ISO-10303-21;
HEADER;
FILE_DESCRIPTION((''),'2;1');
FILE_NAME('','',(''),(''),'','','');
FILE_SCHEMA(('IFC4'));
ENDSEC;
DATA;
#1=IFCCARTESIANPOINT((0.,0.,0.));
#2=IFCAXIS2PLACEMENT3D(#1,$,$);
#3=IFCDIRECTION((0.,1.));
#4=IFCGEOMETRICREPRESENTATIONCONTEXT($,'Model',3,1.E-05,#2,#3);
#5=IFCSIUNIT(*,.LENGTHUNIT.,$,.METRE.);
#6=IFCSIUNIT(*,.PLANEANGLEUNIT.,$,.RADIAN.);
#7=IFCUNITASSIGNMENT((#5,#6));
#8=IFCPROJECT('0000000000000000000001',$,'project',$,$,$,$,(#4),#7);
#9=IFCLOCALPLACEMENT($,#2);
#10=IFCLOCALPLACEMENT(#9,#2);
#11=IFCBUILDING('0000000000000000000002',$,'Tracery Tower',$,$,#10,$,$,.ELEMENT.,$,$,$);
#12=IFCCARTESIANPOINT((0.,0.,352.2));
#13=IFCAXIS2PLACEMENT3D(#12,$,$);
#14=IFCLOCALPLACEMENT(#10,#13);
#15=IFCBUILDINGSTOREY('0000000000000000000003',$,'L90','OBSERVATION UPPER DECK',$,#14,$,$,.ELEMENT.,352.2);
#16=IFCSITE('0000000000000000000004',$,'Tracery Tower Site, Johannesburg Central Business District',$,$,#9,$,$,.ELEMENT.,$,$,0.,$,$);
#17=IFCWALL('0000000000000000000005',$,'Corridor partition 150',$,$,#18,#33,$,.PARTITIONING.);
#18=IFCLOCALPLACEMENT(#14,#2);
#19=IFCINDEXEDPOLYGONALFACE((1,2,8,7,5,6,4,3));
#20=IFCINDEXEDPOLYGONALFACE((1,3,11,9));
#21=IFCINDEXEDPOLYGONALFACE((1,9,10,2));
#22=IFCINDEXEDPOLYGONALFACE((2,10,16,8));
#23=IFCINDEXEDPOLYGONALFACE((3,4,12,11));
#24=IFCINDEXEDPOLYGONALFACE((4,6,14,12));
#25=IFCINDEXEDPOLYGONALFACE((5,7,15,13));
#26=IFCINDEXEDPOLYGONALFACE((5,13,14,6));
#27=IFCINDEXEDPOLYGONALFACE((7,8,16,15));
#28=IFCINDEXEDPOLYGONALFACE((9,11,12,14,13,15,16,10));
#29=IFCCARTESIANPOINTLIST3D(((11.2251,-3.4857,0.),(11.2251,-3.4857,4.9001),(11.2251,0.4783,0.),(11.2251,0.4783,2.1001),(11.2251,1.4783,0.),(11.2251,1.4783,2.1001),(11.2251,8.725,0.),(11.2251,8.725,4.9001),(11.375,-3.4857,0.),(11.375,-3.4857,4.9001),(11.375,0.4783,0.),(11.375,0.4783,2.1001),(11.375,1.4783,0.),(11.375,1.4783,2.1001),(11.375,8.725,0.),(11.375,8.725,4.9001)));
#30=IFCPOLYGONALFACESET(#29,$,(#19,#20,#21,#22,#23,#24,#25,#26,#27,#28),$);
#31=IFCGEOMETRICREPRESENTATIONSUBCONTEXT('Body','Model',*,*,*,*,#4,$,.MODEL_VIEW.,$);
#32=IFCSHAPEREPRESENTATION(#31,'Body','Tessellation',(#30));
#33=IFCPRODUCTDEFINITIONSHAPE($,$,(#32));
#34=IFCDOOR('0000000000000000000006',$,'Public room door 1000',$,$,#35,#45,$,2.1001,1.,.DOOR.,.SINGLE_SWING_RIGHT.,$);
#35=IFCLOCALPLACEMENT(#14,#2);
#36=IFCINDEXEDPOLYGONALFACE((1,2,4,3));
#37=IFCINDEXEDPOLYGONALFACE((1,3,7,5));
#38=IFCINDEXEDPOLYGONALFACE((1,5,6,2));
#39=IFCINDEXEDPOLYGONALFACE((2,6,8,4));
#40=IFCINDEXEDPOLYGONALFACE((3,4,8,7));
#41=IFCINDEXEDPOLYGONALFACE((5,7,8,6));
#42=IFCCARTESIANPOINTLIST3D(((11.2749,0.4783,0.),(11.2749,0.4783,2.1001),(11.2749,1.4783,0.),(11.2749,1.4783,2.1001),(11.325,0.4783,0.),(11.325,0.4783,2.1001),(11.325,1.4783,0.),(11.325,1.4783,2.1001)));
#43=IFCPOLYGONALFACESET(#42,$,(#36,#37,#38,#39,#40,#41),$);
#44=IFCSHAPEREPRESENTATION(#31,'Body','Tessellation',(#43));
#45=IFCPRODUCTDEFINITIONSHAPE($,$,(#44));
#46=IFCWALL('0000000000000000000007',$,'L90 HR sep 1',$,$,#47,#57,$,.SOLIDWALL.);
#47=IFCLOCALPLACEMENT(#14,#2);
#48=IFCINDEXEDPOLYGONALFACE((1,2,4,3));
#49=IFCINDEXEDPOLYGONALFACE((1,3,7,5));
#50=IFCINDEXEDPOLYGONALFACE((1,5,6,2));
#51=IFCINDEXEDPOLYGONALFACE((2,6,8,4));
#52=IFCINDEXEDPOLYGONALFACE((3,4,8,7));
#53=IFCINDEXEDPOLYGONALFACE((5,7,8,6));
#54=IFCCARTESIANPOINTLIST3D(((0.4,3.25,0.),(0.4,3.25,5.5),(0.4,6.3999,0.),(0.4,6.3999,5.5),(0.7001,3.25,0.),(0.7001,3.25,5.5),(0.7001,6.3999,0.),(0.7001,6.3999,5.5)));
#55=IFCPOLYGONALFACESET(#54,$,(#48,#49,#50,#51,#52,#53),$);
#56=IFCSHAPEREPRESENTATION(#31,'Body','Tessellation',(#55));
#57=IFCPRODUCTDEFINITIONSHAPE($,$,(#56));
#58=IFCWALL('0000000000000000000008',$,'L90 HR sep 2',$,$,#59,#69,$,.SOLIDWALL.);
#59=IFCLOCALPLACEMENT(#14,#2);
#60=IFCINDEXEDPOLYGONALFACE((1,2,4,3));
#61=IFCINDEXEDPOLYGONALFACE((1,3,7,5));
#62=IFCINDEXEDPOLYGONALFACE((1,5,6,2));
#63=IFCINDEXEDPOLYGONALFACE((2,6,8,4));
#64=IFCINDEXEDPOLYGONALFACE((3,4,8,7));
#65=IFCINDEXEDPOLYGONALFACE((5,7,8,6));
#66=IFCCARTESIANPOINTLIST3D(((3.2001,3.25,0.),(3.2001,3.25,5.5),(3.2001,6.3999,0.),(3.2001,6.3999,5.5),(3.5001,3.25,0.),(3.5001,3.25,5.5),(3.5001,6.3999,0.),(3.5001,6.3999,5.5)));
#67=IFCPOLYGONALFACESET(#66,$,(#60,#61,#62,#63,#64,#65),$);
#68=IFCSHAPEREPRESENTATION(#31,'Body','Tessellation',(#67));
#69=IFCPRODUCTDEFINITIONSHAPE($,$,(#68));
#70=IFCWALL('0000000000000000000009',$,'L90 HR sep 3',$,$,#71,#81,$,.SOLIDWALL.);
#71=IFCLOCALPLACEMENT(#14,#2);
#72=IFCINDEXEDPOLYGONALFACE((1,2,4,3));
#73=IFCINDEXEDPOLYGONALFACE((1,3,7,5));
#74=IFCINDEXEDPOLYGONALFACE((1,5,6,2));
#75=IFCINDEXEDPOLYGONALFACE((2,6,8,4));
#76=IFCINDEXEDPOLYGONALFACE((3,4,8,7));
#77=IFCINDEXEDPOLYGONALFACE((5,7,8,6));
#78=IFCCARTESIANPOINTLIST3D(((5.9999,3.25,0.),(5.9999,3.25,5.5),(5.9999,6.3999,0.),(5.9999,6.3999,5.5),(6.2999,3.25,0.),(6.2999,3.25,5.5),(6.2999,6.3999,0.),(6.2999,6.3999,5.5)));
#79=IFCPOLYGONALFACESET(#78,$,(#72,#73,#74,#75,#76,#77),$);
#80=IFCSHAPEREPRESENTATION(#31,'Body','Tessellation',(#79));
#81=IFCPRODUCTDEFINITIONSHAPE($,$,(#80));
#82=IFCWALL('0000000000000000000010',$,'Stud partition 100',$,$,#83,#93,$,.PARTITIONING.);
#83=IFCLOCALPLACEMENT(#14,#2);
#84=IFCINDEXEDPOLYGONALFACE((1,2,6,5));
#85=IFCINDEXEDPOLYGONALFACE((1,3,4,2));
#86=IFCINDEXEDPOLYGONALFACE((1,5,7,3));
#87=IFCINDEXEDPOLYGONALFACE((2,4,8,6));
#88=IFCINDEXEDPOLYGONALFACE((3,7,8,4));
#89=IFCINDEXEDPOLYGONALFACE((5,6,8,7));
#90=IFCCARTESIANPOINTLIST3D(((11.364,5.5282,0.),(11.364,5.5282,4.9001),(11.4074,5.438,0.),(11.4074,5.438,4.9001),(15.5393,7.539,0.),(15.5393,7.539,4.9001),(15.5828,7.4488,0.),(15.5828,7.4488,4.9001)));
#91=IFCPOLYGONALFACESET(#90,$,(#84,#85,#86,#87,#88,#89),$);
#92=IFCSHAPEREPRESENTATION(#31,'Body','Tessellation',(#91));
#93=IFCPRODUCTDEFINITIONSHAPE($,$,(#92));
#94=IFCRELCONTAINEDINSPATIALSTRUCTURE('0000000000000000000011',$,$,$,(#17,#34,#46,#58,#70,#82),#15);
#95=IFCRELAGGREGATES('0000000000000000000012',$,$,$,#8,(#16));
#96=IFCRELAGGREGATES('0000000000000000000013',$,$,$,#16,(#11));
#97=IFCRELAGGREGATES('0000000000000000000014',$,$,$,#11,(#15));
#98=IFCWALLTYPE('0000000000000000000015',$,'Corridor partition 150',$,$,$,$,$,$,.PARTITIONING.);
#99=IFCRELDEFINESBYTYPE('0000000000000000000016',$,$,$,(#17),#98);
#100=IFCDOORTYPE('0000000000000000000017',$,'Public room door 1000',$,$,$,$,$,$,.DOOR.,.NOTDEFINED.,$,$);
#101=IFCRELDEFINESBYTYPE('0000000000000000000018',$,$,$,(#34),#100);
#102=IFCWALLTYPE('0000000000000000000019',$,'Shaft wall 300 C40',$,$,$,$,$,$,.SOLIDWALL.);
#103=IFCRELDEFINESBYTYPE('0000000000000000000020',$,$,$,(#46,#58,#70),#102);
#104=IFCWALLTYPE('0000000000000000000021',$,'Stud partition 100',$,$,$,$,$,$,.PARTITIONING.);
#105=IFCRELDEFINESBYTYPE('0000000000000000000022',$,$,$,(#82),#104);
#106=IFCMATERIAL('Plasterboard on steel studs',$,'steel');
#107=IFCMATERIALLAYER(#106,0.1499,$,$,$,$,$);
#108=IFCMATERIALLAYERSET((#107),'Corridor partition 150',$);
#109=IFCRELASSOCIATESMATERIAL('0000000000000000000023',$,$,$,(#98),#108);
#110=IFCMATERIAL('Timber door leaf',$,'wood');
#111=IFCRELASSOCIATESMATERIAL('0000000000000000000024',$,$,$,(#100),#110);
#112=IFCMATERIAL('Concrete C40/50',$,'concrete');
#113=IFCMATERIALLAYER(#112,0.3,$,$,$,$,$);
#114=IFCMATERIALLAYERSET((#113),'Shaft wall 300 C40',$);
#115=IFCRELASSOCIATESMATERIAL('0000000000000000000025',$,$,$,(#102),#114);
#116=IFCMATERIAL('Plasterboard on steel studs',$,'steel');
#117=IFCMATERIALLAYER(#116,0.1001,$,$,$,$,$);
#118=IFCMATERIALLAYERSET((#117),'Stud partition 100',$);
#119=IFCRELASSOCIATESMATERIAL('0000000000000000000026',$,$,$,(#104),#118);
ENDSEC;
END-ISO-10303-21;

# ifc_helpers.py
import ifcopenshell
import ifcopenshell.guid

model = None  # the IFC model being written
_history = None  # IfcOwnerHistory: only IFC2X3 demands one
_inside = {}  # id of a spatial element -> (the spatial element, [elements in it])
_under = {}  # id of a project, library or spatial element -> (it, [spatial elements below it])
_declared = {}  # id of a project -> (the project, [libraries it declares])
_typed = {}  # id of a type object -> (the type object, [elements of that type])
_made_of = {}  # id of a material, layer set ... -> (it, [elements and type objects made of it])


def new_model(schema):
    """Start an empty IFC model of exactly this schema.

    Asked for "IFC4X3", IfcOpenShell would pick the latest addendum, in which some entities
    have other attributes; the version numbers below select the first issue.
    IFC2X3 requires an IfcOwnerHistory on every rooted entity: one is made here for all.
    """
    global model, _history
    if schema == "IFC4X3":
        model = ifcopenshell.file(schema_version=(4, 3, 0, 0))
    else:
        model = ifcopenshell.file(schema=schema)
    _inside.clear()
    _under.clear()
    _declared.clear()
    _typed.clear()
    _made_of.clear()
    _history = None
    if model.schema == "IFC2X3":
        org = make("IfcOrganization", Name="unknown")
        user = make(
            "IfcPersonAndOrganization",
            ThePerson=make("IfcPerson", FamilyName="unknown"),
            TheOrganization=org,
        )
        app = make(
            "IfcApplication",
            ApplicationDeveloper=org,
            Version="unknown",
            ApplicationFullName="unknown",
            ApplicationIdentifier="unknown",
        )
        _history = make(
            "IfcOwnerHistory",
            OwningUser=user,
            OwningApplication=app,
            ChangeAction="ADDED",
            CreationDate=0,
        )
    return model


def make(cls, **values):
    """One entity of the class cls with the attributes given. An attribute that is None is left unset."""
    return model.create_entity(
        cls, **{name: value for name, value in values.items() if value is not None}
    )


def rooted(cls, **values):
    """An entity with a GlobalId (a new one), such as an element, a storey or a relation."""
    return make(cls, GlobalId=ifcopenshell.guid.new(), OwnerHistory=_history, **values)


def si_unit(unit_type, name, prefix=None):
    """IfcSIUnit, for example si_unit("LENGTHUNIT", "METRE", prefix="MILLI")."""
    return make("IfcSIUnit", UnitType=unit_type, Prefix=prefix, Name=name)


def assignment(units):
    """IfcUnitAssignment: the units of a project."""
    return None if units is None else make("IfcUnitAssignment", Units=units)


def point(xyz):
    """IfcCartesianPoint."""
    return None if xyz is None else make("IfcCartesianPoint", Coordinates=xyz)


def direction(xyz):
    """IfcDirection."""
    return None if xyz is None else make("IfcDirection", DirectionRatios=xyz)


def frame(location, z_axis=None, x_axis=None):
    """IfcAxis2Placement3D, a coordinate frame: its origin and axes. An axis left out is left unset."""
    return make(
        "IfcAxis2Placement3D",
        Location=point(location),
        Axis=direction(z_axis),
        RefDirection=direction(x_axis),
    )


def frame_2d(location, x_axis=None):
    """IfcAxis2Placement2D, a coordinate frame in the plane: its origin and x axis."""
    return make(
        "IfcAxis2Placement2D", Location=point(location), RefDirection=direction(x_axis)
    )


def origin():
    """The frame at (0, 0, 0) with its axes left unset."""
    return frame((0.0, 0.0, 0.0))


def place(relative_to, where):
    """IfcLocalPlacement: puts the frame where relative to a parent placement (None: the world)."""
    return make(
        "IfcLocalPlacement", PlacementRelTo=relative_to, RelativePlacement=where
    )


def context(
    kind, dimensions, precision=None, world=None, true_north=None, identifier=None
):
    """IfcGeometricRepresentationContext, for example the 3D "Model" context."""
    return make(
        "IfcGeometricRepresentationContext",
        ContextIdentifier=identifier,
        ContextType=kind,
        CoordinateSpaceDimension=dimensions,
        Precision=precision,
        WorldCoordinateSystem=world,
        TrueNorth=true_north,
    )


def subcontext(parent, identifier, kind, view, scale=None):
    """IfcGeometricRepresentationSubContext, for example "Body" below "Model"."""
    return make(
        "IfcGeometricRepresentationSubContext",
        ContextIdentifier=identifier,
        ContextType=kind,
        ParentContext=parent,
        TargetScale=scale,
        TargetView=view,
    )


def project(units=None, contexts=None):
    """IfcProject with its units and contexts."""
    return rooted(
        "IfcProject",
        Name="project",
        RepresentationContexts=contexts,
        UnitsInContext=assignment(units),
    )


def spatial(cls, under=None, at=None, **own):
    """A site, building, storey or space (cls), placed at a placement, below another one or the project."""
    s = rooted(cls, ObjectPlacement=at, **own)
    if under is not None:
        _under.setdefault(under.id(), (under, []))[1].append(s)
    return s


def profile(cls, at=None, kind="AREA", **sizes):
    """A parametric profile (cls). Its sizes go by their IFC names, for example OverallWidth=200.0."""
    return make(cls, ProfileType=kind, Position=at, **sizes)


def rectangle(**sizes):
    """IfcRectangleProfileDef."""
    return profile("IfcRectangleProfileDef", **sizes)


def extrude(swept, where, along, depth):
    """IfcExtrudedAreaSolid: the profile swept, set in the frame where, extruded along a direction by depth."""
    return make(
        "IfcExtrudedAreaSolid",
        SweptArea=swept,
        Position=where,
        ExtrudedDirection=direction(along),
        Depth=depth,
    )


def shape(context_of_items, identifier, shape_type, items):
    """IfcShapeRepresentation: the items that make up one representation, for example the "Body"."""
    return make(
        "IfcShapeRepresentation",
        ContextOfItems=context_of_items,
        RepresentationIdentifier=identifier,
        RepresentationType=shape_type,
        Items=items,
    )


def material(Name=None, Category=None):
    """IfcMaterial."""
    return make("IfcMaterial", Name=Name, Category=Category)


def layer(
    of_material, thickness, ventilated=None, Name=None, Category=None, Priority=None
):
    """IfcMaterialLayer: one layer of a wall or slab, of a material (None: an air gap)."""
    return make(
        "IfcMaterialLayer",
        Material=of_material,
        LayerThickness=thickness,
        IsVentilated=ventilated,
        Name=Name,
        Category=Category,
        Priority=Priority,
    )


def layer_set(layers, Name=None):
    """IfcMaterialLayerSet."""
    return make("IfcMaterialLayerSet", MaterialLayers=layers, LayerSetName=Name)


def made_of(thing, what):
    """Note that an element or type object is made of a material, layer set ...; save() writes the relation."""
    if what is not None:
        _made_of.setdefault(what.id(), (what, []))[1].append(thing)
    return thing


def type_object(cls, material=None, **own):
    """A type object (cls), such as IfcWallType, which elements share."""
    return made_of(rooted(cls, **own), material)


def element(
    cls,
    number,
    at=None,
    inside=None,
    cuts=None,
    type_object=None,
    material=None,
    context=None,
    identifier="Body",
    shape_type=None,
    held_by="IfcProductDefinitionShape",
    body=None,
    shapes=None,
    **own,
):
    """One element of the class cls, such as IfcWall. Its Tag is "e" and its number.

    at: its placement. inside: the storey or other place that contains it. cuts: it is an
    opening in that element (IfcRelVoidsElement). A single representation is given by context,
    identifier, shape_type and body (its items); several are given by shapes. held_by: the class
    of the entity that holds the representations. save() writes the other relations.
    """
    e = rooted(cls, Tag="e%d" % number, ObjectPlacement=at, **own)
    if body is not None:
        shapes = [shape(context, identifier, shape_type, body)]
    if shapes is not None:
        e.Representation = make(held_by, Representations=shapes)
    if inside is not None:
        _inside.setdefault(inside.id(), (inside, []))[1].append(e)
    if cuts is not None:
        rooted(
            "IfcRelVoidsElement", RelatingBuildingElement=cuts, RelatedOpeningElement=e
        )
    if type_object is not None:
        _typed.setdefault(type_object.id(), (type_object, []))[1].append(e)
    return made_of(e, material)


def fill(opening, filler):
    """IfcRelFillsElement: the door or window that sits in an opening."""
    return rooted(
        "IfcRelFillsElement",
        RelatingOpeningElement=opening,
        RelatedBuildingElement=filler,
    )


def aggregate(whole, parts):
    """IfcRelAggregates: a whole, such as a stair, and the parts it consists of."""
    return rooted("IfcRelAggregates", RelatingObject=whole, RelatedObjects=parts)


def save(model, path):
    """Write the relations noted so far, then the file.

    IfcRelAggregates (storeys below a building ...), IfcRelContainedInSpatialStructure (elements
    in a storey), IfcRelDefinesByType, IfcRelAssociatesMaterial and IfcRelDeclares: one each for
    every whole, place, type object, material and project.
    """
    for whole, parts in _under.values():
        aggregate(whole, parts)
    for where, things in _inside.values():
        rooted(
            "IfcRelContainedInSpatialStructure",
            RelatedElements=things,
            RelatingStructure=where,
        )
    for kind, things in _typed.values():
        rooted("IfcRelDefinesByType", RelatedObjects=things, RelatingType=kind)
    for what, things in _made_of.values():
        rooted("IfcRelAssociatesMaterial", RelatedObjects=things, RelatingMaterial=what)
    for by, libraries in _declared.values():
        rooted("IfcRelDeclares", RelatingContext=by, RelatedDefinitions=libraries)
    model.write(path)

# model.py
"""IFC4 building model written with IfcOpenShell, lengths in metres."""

from ifc_helpers import new_model, si_unit, direction, frame, frame_2d, origin, place, context, subcontext, project, spatial, rectangle, extrude, material, layer, layer_set, type_object, element, fill, save


model = new_model("IFC4")

# Units and contexts
model_context = context("Model", 3, precision=1e-05, world=origin(), true_north=direction((0.0, 1.0)))
body_context = subcontext(model_context, "Body", "Model", "MODEL_VIEW")
ifc_project = project(units=[si_unit("LENGTHUNIT", "METRE"), si_unit("PLANEANGLEUNIT", "RADIAN")], contexts=[model_context])

# Site, building, storey
site_placement = place(None, origin())
site = spatial("IfcSite", under=ifc_project, at=site_placement, Name="Tracery Tower Site, Johannesburg Central Business District", CompositionType="ELEMENT", RefElevation=0.0)
building_placement = place(site_placement, origin())
building = spatial("IfcBuilding", under=site, at=building_placement, Name="Tracery Tower", CompositionType="ELEMENT")
storey_placement = place(building_placement, frame((0.0, 0.0, 352.2)))
storey = spatial("IfcBuildingStorey", under=building, at=storey_placement, Name="L90", Description="OBSERVATION UPPER DECK", CompositionType="ELEMENT", Elevation=352.2)

# Wall, opening, door
ifc_material_1 = material(Name="Plasterboard on steel studs", Category="steel")
ifc_layer_1 = layer(ifc_material_1, 0.1499)
ifc_layer_set_1 = layer_set([ifc_layer_1], Name="Corridor partition 150")
wall_type_1 = type_object("IfcWallType", Name="Corridor partition 150", PredefinedType="PARTITIONING", material=ifc_layer_set_1)
wall_1_placement = place(storey_placement, frame((11.3, 8.7251, 0.0), z_axis=(0.0, 0.0, 1.0), x_axis=(0.0, -1.0, 0.0)))
wall_1 = element("IfcWall", 1, at=wall_1_placement, inside=storey, type_object=wall_type_1, Name="Corridor partition 150", PredefinedType="PARTITIONING", context=body_context, shape_type="SweptSolid", body=[
    extrude(rectangle(XDim=12.2107, YDim=0.1499, at=frame_2d((6.1055, 0.0))), origin(), (0.0, 0.0, 1.0), 4.9001),
])
opening_1_placement = place(wall_1_placement, frame((7.2468, 0.0, 0.0)))
opening_1 = element("IfcOpeningElement", 2, at=opening_1_placement, cuts=wall_1, PredefinedType="OPENING", context=body_context, shape_type="SweptSolid", body=[
    extrude(rectangle(XDim=1.0, YDim=2.1001, at=frame_2d((0.5, 1.05))), frame((0.0, 0.075, 0.0), z_axis=(0.0, -1.0, 0.0), x_axis=(1.0, 0.0, 0.0)), (0.0, 0.0, 1.0), 0.1499),
])
ifc_material_2 = material(Name="Timber door leaf", Category="wood")
door_type_1 = type_object("IfcDoorType", Name="Public room door 1000", OperationType="NOTDEFINED", PredefinedType="DOOR", material=ifc_material_2)
door_1_placement = place(opening_1_placement, origin())
door_1 = element("IfcDoor", 3, at=door_1_placement, inside=storey, type_object=door_type_1, Name="Public room door 1000", OperationType="SINGLE_SWING_RIGHT", OverallHeight=2.1001, OverallWidth=1.0, PredefinedType="DOOR", context=body_context, shape_type="SweptSolid", body=[
    extrude(rectangle(XDim=1.0, YDim=2.1001, at=frame_2d((0.5, 1.05))), frame((0.0, 0.0249, 0.0), z_axis=(0.0, -1.0, 0.0), x_axis=(1.0, 0.0, 0.0)), (0.0, 0.0, 1.0), 0.05),
])
fill(opening_1, door_1)

# Walls
ifc_material_3 = material(Name="Concrete C40/50", Category="concrete")
ifc_layer_2 = layer(ifc_material_3, 0.3)
ifc_layer_set_2 = layer_set([ifc_layer_2], Name="Shaft wall 300 C40")
wall_type_2 = type_object("IfcWallType", Name="Shaft wall 300 C40", PredefinedType="SOLIDWALL", material=ifc_layer_set_2)
for number, where, z_axis, x_axis, name in (
    (4, (0.55, 3.25, 0.0), (0.0, 0.0, 1.0), (0.0, 1.0, 0.0), "L90 HR sep 1"),
    (5, (3.3501, 3.25, 0.0), (0.0, 0.0, 1.0), (0.0, 1.0, 0.0), "L90 HR sep 2"),
    (6, (6.1499, 3.25, 0.0), (0.0, 0.0, 1.0), (0.0, 1.0, 0.0), "L90 HR sep 3"),
):
    element("IfcWall", number, at=place(storey_placement, frame(where, z_axis=z_axis, x_axis=x_axis)), inside=storey, type_object=wall_type_2, Name=name, PredefinedType="SOLIDWALL", context=body_context, shape_type="SweptSolid", body=[
        extrude(rectangle(XDim=3.1499, YDim=0.3, at=frame_2d((1.575, 0.0))), origin(), (0.0, 0.0, 1.0), 5.5),
    ])
ifc_material_4 = material(Name="Plasterboard on steel studs", Category="steel")
ifc_layer_3 = layer(ifc_material_4, 0.1001)
ifc_layer_set_3 = layer_set([ifc_layer_3], Name="Stud partition 100")
wall_type_3 = type_object("IfcWallType", Name="Stud partition 100", PredefinedType="PARTITIONING", material=ifc_layer_set_3)
wall_2_placement = place(storey_placement, frame((15.561, 7.4939, 0.0), z_axis=(0.0, 0.0, 1.0), x_axis=(-0.900967, -0.433888, 0.0)))
element("IfcWall", 7, at=wall_2_placement, inside=storey, type_object=wall_type_3, Name="Stud partition 100", PredefinedType="PARTITIONING", context=body_context, shape_type="SweptSolid", body=[
    extrude(rectangle(XDim=4.6343, YDim=0.1001, at=frame_2d((2.3171, 0.0))), origin(), (0.0, 0.0, 1.0), 4.9001),
])

save(model, "model.ifc")
